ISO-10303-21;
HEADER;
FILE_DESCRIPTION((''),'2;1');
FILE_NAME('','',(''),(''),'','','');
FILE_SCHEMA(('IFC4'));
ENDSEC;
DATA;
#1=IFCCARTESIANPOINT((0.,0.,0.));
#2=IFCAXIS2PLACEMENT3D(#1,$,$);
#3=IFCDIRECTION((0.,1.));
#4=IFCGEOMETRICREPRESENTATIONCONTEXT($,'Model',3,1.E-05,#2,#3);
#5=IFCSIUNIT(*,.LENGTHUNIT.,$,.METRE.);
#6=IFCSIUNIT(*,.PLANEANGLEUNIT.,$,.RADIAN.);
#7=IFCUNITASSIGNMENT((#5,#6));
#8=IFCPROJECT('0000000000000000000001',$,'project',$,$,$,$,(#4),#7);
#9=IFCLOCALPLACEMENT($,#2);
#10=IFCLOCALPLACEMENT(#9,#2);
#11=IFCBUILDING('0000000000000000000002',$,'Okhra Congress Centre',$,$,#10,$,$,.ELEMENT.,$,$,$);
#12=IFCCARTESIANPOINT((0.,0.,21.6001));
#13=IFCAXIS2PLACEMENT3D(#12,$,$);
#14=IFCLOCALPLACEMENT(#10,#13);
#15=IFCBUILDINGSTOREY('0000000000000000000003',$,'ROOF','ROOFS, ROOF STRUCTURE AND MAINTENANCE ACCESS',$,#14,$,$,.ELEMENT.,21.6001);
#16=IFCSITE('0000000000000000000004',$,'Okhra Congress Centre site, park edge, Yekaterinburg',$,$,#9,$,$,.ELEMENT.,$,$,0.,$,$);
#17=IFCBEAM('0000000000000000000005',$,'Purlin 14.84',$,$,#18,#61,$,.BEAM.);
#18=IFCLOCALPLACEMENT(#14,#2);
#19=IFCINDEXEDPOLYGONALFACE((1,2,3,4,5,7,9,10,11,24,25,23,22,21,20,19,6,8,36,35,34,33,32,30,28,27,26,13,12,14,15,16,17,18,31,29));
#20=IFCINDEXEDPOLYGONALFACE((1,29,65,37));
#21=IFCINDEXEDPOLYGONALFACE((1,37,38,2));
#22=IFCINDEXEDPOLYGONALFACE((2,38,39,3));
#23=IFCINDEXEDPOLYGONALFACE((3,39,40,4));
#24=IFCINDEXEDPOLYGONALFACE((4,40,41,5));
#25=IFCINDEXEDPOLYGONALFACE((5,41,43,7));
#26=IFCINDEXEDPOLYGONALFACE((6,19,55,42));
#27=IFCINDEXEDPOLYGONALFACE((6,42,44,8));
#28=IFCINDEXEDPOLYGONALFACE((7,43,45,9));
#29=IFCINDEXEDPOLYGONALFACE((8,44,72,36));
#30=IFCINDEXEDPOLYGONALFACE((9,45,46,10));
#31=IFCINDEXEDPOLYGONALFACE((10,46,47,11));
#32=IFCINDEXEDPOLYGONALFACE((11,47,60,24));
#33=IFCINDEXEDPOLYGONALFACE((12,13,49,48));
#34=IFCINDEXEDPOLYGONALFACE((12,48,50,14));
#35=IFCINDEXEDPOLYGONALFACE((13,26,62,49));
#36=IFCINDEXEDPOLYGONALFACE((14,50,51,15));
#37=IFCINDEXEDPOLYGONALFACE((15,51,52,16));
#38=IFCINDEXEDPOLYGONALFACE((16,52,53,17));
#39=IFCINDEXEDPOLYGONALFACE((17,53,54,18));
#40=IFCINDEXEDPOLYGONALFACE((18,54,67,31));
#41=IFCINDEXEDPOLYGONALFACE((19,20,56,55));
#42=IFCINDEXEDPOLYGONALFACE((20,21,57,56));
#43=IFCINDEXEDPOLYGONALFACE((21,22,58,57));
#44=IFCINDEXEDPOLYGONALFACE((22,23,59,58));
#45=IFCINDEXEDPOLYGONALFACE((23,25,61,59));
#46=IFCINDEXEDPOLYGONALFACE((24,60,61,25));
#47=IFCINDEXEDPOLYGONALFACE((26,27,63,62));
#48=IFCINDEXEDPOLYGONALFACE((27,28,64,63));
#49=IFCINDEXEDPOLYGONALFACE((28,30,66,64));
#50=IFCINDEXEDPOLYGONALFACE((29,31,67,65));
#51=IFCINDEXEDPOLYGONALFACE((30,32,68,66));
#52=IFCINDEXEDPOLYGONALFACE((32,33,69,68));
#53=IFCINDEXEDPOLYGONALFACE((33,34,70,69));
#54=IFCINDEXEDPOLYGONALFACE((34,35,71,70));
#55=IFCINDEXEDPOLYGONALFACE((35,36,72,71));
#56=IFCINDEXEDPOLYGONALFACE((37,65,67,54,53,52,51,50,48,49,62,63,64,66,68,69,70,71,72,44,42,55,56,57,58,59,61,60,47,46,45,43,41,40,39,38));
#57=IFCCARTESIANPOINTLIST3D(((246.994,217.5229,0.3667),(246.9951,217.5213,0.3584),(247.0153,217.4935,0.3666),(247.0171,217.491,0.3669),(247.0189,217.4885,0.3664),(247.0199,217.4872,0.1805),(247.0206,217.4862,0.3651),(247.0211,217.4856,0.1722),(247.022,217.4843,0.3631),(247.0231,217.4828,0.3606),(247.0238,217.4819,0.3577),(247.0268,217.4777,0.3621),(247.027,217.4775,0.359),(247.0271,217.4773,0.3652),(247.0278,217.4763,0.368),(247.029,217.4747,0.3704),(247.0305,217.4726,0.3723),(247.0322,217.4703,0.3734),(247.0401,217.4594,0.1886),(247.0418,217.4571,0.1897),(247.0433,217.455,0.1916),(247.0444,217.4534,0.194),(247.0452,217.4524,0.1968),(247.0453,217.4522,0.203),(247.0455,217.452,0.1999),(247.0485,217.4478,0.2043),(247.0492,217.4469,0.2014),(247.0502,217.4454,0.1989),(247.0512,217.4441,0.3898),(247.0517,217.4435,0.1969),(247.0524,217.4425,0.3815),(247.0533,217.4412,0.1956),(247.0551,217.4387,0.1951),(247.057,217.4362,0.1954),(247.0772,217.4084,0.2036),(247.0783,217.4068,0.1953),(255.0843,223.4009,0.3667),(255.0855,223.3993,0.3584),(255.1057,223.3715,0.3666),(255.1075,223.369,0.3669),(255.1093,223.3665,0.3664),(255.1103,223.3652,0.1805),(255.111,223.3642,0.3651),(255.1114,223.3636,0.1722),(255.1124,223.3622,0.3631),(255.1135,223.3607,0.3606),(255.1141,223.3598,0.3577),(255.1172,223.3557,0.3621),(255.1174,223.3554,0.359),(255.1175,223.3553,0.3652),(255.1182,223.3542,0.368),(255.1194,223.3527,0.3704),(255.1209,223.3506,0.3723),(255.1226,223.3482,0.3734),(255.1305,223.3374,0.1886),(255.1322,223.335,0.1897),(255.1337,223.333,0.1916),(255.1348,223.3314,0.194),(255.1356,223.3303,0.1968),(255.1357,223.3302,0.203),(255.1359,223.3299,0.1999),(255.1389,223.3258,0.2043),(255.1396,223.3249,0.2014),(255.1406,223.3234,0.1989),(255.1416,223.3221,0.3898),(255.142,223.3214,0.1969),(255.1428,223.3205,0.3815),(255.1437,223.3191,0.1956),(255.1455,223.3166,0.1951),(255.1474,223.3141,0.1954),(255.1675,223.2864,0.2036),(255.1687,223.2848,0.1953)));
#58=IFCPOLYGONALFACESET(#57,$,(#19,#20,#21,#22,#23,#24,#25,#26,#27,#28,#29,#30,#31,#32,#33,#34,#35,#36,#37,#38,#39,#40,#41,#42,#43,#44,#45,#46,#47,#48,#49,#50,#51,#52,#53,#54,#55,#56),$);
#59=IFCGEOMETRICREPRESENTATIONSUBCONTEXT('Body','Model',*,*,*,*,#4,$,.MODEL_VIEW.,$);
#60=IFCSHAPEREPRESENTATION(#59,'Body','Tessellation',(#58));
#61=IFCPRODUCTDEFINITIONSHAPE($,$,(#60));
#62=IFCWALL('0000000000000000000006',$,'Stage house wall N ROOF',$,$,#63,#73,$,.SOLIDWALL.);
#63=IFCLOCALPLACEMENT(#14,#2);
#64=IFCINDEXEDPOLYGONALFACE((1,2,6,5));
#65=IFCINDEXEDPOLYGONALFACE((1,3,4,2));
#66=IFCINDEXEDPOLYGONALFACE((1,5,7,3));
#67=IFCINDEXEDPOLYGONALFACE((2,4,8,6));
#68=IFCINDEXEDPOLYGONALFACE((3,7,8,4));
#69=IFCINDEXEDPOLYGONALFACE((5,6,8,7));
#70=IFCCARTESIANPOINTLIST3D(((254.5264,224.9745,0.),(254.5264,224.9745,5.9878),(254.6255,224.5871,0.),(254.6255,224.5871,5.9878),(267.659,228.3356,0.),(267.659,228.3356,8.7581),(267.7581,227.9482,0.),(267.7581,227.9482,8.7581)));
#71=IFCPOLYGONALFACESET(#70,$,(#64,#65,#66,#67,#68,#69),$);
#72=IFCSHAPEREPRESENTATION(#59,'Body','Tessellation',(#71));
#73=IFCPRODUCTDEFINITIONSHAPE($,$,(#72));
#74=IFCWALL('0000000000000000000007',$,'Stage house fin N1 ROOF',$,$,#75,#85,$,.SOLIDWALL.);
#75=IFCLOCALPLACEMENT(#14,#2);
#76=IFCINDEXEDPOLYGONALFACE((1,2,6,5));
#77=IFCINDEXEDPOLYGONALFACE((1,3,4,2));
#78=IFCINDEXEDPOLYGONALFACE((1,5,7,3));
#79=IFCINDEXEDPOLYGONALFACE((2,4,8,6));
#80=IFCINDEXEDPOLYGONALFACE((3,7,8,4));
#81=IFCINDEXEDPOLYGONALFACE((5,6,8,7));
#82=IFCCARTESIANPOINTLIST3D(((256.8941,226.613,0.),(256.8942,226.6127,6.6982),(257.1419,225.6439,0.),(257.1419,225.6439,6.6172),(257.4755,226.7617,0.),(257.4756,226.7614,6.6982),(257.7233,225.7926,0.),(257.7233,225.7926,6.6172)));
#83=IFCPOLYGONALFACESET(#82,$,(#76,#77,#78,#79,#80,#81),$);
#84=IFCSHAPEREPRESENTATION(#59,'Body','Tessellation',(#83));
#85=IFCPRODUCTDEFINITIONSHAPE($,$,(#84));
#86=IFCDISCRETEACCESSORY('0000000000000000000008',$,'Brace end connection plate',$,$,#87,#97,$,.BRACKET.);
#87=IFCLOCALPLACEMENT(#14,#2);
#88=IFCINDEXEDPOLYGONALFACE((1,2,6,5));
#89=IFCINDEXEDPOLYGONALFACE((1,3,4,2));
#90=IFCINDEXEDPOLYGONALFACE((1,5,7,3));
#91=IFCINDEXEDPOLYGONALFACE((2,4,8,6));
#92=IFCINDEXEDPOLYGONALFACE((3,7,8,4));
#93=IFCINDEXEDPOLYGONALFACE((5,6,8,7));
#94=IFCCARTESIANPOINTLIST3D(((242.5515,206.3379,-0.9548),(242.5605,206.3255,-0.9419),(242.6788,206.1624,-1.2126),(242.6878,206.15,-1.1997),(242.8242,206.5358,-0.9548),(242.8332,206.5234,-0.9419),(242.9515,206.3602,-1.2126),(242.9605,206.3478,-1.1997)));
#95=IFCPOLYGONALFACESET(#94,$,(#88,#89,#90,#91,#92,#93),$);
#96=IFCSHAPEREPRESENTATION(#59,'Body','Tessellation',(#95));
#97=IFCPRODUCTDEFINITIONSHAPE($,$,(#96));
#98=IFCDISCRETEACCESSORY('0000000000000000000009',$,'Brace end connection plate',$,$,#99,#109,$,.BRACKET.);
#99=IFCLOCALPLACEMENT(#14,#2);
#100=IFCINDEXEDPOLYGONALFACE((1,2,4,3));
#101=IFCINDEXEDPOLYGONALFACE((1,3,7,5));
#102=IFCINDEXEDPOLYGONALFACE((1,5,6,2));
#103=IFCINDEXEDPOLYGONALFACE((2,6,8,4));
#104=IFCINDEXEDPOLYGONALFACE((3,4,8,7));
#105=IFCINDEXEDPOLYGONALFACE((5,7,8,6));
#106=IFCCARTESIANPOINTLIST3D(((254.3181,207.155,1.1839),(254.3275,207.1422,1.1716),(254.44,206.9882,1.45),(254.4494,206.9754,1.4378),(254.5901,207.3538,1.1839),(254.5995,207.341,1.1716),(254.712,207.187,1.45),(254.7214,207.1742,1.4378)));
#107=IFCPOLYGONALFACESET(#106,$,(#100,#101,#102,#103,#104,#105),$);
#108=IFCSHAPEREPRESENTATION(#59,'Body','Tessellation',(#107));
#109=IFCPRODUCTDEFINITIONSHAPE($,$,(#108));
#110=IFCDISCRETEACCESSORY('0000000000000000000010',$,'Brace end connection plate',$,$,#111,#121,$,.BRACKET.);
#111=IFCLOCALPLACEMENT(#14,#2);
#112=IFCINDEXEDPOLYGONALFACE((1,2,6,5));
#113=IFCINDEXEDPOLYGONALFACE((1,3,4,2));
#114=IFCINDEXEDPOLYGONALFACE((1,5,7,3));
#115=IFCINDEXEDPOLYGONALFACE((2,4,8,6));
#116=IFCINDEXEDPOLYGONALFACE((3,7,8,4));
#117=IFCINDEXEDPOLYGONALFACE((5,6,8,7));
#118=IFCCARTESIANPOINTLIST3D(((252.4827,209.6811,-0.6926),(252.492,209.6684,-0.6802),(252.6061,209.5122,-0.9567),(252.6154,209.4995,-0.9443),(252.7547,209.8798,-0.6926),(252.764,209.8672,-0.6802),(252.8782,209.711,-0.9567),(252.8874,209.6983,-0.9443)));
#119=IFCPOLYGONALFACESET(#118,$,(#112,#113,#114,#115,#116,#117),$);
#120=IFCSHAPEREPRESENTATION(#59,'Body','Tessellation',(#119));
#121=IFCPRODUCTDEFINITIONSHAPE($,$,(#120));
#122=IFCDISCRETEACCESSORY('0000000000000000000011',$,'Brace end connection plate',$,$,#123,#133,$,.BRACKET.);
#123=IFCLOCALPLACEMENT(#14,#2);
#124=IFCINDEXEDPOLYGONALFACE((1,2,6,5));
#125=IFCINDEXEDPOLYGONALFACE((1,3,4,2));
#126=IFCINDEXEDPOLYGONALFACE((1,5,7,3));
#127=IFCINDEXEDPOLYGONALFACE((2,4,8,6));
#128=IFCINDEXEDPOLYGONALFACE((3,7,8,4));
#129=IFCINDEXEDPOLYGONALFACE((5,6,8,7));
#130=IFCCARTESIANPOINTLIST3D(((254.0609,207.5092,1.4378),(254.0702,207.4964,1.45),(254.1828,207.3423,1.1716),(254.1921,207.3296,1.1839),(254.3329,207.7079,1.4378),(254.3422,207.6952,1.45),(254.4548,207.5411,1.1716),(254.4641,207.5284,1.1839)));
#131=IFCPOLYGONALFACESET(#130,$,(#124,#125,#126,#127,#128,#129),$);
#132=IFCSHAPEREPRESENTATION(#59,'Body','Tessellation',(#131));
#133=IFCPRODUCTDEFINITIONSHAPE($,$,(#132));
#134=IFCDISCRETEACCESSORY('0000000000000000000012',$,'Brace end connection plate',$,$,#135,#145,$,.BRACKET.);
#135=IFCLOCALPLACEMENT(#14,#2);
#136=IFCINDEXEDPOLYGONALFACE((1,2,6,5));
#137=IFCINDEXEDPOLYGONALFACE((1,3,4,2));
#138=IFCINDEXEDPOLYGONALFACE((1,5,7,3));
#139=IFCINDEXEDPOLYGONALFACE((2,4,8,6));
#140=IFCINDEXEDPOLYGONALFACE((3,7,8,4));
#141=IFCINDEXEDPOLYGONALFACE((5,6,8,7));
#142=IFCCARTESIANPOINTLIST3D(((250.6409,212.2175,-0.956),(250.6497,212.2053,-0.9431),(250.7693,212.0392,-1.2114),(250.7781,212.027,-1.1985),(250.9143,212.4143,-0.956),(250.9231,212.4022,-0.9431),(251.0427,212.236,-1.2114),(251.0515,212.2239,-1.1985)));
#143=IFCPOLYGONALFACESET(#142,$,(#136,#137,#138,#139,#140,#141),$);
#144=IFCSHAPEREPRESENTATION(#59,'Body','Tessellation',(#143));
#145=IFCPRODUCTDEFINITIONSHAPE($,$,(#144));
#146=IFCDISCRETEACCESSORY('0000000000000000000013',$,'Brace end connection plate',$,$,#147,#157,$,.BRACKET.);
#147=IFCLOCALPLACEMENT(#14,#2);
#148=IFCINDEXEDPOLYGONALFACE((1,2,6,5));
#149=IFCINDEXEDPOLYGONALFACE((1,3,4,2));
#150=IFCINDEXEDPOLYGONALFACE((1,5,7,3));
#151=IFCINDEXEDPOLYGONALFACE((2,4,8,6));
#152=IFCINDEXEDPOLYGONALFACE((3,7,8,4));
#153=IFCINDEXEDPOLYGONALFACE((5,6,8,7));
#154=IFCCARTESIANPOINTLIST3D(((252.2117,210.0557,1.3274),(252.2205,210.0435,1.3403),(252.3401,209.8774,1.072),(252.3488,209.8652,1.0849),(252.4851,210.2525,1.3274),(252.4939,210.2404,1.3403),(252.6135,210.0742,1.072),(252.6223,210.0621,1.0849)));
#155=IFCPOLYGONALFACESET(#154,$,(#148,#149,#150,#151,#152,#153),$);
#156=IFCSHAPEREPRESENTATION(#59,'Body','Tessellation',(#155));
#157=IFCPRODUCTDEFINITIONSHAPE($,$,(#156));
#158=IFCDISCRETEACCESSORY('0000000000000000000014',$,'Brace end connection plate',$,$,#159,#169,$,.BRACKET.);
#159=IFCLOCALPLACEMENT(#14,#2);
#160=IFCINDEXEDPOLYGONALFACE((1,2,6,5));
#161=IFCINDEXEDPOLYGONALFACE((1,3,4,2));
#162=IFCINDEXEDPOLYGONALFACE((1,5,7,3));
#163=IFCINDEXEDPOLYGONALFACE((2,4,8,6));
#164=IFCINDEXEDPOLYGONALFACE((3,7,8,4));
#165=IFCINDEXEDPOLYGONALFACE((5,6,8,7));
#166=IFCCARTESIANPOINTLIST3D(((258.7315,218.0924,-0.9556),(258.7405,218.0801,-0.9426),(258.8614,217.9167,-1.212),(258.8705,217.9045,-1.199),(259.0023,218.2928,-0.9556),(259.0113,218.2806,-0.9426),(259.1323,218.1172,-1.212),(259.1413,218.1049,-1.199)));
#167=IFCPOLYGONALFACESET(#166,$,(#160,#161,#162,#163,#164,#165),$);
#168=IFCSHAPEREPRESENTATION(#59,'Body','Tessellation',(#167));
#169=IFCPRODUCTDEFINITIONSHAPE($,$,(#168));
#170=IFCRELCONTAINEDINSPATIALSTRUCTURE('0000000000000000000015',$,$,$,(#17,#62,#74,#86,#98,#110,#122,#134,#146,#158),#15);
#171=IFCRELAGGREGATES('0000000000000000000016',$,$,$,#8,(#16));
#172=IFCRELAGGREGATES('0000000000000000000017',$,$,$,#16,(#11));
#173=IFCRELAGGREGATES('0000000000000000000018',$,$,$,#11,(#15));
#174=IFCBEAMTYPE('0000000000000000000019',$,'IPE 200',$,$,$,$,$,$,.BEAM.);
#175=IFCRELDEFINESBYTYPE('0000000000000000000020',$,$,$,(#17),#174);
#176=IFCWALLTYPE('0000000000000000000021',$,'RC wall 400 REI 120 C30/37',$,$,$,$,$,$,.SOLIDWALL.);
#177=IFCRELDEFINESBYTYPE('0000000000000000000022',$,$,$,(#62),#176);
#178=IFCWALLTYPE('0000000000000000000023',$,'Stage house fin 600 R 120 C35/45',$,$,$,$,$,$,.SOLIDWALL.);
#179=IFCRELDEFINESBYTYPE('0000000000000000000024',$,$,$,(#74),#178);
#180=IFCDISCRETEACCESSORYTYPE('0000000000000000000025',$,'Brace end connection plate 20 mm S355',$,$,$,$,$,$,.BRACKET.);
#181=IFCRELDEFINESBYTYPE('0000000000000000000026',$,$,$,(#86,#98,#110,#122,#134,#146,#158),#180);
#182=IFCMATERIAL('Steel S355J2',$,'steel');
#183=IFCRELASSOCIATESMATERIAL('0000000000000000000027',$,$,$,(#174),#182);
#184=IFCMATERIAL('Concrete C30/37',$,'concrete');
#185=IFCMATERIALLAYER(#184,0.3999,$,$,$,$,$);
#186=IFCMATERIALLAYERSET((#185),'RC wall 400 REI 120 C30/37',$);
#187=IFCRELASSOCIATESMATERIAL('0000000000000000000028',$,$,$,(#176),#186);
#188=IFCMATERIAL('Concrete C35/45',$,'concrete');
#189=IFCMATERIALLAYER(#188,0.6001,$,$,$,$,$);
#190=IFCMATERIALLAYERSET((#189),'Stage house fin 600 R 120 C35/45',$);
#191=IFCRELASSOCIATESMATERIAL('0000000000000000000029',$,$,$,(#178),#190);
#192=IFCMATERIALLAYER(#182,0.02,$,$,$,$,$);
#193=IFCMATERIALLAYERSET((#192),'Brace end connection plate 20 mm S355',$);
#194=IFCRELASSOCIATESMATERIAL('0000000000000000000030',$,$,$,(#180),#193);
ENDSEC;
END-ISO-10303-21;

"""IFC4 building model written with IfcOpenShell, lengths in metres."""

from ifc_helpers import new_model, si_unit, direction, frame, origin, origin_2d, place, context, subcontext, project, spatial, polyline, rectangle, i_section, outline, extrude, material, layer, layer_set, material_profile, profile_set, type_object, element, save


model = new_model("IFC4")

# Units and contexts
model_context = context("Model", 3, precision=1e-05, world=origin(), true_north=direction((0.0, 1.0)))
body_context = subcontext(model_context, "Body", "Model", "MODEL_VIEW")
ifc_project = project(units=[si_unit("LENGTHUNIT", "METRE"), si_unit("PLANEANGLEUNIT", "RADIAN")], contexts=[model_context])

# Site, building, storey
site_placement = place(None, origin())
site = spatial("IfcSite", under=ifc_project, at=site_placement, Name="Okhra Congress Centre site, park edge, Yekaterinburg", CompositionType="ELEMENT", RefElevation=0.0)
building_placement = place(site_placement, origin())
building = spatial("IfcBuilding", under=site, at=building_placement, Name="Okhra Congress Centre", CompositionType="ELEMENT")
storey_placement = place(building_placement, frame((0.0, 0.0, 21.6001)))
storey = spatial("IfcBuildingStorey", under=building, at=storey_placement, Name="ROOF", Description="ROOFS, ROOF STRUCTURE AND MAINTENANCE ACCESS", CompositionType="ELEMENT", Elevation=21.6001)

# Beam
ifc_material_1 = material(Name="Steel S355J2", Category="steel")
ifc_material_profile_1 = material_profile(ifc_material_1, i_section(OverallWidth=0.1001, OverallDepth=0.2, WebThickness=0.0056, FlangeThickness=0.0085, FilletRadius=0.012, at=origin_2d()), Name="IPE 200")
ifc_profile_set_1 = profile_set([ifc_material_profile_1], Name="Steel S355J2")
beam_type_1 = type_object("IfcBeamType", Name="IPE 200", PredefinedType="BEAM", material=ifc_profile_set_1)
beam_1_placement = place(storey_placement, frame((247.0361, 217.4648, 0.281), z_axis=(0.809019, 0.587783, 0.0), x_axis=(-0.571939, 0.787212, -0.230616)))
element("IfcBeam", 1, at=beam_1_placement, inside=storey, type_object=beam_type_1, Name="Purlin 14.84", PredefinedType="BEAM", context=body_context, shape_type="SweptSolid", body=[
    extrude(i_section(OverallWidth=0.1001, OverallDepth=0.2, WebThickness=0.0056, FlangeThickness=0.0085, FilletRadius=0.012, at=origin_2d()), origin(), (0.0, 0.0, 1.0), 10.0002),
])

# Walls
ifc_material_2 = material(Name="Concrete C30/37", Category="concrete")
ifc_layer_1 = layer(ifc_material_2, 0.3999)
ifc_layer_set_1 = layer_set([ifc_layer_1], Name="RC wall 400 REI 120 C30/37")
wall_type_1 = type_object("IfcWallType", Name="RC wall 400 REI 120 C30/37", PredefinedType="SOLIDWALL", material=ifc_layer_set_1)
wall_1_placement = place(storey_placement, frame((254.5759, 224.7808, 0.0), z_axis=(0.0, 0.0, 1.0), x_axis=(0.968775, 0.247943, 0.0)))
element("IfcWall", 2, at=wall_1_placement, inside=storey, type_object=wall_type_1, Name="Stage house wall N ROOF", PredefinedType="SOLIDWALL", context=body_context, shape_type="SweptSolid", body=[
    extrude(outline(polyline([(0.0, 0.0), (13.5559, 0.0), (13.5559, 8.7581), (0.0, 5.9878), (0.0, 0.0)])), frame((0.0, 0.2, 0.0), z_axis=(0.0, -1.0, 0.0), x_axis=(1.0, 0.0, 0.0)), (0.0, 0.0, 1.0), 0.3999),
])
ifc_material_3 = material(Name="Concrete C35/45", Category="concrete")
ifc_layer_2 = layer(ifc_material_3, 0.6001)
ifc_layer_set_2 = layer_set([ifc_layer_2], Name="Stage house fin 600 R 120 C35/45")
wall_type_2 = type_object("IfcWallType", Name="Stage house fin 600 R 120 C35/45", PredefinedType="SOLIDWALL", material=ifc_layer_set_2)
wall_2_placement = place(storey_placement, frame((257.4326, 225.7183, 0.0), z_axis=(0.0, 0.0, 1.0), x_axis=(-0.247759, 0.968822, 0.0)))
element("IfcWall", 3, at=wall_2_placement, inside=storey, type_object=wall_type_2, Name="Stage house fin N1 ROOF", PredefinedType="SOLIDWALL", context=body_context, shape_type="SweptSolid", body=[
    extrude(outline(polyline([(0.0, 0.0), (1.0002, 0.0), (1.0, 6.6982), (0.0, 6.6172), (0.0, 0.0)])), frame((0.0, 0.3, 0.0), z_axis=(0.0, -1.0, 0.0), x_axis=(1.0, 0.0, 0.0)), (0.0, 0.0, 1.0), 0.6001),
])

# Discrete accessories
ifc_layer_3 = layer(ifc_material_1, 0.02)
ifc_layer_set_3 = layer_set([ifc_layer_3], Name="Brace end connection plate 20 mm S355")
discrete_accessory_type = type_object("IfcDiscreteAccessoryType", Name="Brace end connection plate 20 mm S355", PredefinedType="BRACKET", material=ifc_layer_set_3)
for number, where, z_axis, x_axis, name in (
    (4, (242.7605, 206.3367, -1.0708), (-0.449385, 0.619423, -0.643714), (-0.809422, -0.587228, 0.0), "Brace end connection plate"),
    (5, (254.5244, 207.1582, 1.3047), (-0.466056, 0.637761, 0.613232), (-0.807391, -0.590017, 0.0), "Brace end connection plate"),
    (6, (252.6897, 209.6833, -0.8123), (-0.462556, 0.632971, -0.620798), (-0.807391, -0.590017, 0.0), "Brace end connection plate"),
    (7, (254.2578, 207.5251, 1.3047), (0.466056, -0.637761, 0.613232), (0.807391, 0.590017, 0.0), "Brace end connection plate"),
):
    element("IfcDiscreteAccessory", number, at=place(storey_placement, frame(where, z_axis=z_axis, x_axis=x_axis)), inside=storey, type_object=discrete_accessory_type, Name=name, PredefinedType="BRACKET", context=body_context, shape_type="SweptSolid", body=[
        extrude(rectangle(XDim=0.3369, YDim=0.3369, at=origin_2d()), origin(), (0.0, 0.0, 1.0), 0.02),
    ])
for number, where, z_axis, x_axis, name in (
    (8, (250.8506, 212.2146, -1.0708), (-0.442962, 0.615224, -0.652138), (-0.811534, -0.584305, 0.0), "Brace end connection plate"),
    (9, (252.4126, 210.0649, 1.1997), (0.442962, -0.615224, 0.652138), (0.811534, 0.584305, 0.0), "Brace end connection plate"),
):
    element("IfcDiscreteAccessory", number, at=place(storey_placement, frame(where, z_axis=z_axis, x_axis=x_axis)), inside=storey, type_object=discrete_accessory_type, Name=name, PredefinedType="BRACKET", context=body_context, shape_type="SweptSolid", body=[
        extrude(rectangle(XDim=0.3369, YDim=0.3369, at=origin_2d()), origin(), (0.0, 0.0, 1.0), 0.0198),
    ])
discrete_accessory_placement = place(storey_placement, frame((258.9409, 218.0925, -1.0708), z_axis=(-0.452771, 0.611853, -0.648564), x_axis=(-0.803842, -0.594843, 0.0)))
element("IfcDiscreteAccessory", 10, at=discrete_accessory_placement, inside=storey, type_object=discrete_accessory_type, Name="Brace end connection plate", PredefinedType="BRACKET", context=body_context, shape_type="SweptSolid", body=[
    extrude(rectangle(XDim=0.3369, YDim=0.3369, at=origin_2d()), origin(), (0.0, 0.0, 1.0), 0.02),
])

save(model, "model.ifc")
